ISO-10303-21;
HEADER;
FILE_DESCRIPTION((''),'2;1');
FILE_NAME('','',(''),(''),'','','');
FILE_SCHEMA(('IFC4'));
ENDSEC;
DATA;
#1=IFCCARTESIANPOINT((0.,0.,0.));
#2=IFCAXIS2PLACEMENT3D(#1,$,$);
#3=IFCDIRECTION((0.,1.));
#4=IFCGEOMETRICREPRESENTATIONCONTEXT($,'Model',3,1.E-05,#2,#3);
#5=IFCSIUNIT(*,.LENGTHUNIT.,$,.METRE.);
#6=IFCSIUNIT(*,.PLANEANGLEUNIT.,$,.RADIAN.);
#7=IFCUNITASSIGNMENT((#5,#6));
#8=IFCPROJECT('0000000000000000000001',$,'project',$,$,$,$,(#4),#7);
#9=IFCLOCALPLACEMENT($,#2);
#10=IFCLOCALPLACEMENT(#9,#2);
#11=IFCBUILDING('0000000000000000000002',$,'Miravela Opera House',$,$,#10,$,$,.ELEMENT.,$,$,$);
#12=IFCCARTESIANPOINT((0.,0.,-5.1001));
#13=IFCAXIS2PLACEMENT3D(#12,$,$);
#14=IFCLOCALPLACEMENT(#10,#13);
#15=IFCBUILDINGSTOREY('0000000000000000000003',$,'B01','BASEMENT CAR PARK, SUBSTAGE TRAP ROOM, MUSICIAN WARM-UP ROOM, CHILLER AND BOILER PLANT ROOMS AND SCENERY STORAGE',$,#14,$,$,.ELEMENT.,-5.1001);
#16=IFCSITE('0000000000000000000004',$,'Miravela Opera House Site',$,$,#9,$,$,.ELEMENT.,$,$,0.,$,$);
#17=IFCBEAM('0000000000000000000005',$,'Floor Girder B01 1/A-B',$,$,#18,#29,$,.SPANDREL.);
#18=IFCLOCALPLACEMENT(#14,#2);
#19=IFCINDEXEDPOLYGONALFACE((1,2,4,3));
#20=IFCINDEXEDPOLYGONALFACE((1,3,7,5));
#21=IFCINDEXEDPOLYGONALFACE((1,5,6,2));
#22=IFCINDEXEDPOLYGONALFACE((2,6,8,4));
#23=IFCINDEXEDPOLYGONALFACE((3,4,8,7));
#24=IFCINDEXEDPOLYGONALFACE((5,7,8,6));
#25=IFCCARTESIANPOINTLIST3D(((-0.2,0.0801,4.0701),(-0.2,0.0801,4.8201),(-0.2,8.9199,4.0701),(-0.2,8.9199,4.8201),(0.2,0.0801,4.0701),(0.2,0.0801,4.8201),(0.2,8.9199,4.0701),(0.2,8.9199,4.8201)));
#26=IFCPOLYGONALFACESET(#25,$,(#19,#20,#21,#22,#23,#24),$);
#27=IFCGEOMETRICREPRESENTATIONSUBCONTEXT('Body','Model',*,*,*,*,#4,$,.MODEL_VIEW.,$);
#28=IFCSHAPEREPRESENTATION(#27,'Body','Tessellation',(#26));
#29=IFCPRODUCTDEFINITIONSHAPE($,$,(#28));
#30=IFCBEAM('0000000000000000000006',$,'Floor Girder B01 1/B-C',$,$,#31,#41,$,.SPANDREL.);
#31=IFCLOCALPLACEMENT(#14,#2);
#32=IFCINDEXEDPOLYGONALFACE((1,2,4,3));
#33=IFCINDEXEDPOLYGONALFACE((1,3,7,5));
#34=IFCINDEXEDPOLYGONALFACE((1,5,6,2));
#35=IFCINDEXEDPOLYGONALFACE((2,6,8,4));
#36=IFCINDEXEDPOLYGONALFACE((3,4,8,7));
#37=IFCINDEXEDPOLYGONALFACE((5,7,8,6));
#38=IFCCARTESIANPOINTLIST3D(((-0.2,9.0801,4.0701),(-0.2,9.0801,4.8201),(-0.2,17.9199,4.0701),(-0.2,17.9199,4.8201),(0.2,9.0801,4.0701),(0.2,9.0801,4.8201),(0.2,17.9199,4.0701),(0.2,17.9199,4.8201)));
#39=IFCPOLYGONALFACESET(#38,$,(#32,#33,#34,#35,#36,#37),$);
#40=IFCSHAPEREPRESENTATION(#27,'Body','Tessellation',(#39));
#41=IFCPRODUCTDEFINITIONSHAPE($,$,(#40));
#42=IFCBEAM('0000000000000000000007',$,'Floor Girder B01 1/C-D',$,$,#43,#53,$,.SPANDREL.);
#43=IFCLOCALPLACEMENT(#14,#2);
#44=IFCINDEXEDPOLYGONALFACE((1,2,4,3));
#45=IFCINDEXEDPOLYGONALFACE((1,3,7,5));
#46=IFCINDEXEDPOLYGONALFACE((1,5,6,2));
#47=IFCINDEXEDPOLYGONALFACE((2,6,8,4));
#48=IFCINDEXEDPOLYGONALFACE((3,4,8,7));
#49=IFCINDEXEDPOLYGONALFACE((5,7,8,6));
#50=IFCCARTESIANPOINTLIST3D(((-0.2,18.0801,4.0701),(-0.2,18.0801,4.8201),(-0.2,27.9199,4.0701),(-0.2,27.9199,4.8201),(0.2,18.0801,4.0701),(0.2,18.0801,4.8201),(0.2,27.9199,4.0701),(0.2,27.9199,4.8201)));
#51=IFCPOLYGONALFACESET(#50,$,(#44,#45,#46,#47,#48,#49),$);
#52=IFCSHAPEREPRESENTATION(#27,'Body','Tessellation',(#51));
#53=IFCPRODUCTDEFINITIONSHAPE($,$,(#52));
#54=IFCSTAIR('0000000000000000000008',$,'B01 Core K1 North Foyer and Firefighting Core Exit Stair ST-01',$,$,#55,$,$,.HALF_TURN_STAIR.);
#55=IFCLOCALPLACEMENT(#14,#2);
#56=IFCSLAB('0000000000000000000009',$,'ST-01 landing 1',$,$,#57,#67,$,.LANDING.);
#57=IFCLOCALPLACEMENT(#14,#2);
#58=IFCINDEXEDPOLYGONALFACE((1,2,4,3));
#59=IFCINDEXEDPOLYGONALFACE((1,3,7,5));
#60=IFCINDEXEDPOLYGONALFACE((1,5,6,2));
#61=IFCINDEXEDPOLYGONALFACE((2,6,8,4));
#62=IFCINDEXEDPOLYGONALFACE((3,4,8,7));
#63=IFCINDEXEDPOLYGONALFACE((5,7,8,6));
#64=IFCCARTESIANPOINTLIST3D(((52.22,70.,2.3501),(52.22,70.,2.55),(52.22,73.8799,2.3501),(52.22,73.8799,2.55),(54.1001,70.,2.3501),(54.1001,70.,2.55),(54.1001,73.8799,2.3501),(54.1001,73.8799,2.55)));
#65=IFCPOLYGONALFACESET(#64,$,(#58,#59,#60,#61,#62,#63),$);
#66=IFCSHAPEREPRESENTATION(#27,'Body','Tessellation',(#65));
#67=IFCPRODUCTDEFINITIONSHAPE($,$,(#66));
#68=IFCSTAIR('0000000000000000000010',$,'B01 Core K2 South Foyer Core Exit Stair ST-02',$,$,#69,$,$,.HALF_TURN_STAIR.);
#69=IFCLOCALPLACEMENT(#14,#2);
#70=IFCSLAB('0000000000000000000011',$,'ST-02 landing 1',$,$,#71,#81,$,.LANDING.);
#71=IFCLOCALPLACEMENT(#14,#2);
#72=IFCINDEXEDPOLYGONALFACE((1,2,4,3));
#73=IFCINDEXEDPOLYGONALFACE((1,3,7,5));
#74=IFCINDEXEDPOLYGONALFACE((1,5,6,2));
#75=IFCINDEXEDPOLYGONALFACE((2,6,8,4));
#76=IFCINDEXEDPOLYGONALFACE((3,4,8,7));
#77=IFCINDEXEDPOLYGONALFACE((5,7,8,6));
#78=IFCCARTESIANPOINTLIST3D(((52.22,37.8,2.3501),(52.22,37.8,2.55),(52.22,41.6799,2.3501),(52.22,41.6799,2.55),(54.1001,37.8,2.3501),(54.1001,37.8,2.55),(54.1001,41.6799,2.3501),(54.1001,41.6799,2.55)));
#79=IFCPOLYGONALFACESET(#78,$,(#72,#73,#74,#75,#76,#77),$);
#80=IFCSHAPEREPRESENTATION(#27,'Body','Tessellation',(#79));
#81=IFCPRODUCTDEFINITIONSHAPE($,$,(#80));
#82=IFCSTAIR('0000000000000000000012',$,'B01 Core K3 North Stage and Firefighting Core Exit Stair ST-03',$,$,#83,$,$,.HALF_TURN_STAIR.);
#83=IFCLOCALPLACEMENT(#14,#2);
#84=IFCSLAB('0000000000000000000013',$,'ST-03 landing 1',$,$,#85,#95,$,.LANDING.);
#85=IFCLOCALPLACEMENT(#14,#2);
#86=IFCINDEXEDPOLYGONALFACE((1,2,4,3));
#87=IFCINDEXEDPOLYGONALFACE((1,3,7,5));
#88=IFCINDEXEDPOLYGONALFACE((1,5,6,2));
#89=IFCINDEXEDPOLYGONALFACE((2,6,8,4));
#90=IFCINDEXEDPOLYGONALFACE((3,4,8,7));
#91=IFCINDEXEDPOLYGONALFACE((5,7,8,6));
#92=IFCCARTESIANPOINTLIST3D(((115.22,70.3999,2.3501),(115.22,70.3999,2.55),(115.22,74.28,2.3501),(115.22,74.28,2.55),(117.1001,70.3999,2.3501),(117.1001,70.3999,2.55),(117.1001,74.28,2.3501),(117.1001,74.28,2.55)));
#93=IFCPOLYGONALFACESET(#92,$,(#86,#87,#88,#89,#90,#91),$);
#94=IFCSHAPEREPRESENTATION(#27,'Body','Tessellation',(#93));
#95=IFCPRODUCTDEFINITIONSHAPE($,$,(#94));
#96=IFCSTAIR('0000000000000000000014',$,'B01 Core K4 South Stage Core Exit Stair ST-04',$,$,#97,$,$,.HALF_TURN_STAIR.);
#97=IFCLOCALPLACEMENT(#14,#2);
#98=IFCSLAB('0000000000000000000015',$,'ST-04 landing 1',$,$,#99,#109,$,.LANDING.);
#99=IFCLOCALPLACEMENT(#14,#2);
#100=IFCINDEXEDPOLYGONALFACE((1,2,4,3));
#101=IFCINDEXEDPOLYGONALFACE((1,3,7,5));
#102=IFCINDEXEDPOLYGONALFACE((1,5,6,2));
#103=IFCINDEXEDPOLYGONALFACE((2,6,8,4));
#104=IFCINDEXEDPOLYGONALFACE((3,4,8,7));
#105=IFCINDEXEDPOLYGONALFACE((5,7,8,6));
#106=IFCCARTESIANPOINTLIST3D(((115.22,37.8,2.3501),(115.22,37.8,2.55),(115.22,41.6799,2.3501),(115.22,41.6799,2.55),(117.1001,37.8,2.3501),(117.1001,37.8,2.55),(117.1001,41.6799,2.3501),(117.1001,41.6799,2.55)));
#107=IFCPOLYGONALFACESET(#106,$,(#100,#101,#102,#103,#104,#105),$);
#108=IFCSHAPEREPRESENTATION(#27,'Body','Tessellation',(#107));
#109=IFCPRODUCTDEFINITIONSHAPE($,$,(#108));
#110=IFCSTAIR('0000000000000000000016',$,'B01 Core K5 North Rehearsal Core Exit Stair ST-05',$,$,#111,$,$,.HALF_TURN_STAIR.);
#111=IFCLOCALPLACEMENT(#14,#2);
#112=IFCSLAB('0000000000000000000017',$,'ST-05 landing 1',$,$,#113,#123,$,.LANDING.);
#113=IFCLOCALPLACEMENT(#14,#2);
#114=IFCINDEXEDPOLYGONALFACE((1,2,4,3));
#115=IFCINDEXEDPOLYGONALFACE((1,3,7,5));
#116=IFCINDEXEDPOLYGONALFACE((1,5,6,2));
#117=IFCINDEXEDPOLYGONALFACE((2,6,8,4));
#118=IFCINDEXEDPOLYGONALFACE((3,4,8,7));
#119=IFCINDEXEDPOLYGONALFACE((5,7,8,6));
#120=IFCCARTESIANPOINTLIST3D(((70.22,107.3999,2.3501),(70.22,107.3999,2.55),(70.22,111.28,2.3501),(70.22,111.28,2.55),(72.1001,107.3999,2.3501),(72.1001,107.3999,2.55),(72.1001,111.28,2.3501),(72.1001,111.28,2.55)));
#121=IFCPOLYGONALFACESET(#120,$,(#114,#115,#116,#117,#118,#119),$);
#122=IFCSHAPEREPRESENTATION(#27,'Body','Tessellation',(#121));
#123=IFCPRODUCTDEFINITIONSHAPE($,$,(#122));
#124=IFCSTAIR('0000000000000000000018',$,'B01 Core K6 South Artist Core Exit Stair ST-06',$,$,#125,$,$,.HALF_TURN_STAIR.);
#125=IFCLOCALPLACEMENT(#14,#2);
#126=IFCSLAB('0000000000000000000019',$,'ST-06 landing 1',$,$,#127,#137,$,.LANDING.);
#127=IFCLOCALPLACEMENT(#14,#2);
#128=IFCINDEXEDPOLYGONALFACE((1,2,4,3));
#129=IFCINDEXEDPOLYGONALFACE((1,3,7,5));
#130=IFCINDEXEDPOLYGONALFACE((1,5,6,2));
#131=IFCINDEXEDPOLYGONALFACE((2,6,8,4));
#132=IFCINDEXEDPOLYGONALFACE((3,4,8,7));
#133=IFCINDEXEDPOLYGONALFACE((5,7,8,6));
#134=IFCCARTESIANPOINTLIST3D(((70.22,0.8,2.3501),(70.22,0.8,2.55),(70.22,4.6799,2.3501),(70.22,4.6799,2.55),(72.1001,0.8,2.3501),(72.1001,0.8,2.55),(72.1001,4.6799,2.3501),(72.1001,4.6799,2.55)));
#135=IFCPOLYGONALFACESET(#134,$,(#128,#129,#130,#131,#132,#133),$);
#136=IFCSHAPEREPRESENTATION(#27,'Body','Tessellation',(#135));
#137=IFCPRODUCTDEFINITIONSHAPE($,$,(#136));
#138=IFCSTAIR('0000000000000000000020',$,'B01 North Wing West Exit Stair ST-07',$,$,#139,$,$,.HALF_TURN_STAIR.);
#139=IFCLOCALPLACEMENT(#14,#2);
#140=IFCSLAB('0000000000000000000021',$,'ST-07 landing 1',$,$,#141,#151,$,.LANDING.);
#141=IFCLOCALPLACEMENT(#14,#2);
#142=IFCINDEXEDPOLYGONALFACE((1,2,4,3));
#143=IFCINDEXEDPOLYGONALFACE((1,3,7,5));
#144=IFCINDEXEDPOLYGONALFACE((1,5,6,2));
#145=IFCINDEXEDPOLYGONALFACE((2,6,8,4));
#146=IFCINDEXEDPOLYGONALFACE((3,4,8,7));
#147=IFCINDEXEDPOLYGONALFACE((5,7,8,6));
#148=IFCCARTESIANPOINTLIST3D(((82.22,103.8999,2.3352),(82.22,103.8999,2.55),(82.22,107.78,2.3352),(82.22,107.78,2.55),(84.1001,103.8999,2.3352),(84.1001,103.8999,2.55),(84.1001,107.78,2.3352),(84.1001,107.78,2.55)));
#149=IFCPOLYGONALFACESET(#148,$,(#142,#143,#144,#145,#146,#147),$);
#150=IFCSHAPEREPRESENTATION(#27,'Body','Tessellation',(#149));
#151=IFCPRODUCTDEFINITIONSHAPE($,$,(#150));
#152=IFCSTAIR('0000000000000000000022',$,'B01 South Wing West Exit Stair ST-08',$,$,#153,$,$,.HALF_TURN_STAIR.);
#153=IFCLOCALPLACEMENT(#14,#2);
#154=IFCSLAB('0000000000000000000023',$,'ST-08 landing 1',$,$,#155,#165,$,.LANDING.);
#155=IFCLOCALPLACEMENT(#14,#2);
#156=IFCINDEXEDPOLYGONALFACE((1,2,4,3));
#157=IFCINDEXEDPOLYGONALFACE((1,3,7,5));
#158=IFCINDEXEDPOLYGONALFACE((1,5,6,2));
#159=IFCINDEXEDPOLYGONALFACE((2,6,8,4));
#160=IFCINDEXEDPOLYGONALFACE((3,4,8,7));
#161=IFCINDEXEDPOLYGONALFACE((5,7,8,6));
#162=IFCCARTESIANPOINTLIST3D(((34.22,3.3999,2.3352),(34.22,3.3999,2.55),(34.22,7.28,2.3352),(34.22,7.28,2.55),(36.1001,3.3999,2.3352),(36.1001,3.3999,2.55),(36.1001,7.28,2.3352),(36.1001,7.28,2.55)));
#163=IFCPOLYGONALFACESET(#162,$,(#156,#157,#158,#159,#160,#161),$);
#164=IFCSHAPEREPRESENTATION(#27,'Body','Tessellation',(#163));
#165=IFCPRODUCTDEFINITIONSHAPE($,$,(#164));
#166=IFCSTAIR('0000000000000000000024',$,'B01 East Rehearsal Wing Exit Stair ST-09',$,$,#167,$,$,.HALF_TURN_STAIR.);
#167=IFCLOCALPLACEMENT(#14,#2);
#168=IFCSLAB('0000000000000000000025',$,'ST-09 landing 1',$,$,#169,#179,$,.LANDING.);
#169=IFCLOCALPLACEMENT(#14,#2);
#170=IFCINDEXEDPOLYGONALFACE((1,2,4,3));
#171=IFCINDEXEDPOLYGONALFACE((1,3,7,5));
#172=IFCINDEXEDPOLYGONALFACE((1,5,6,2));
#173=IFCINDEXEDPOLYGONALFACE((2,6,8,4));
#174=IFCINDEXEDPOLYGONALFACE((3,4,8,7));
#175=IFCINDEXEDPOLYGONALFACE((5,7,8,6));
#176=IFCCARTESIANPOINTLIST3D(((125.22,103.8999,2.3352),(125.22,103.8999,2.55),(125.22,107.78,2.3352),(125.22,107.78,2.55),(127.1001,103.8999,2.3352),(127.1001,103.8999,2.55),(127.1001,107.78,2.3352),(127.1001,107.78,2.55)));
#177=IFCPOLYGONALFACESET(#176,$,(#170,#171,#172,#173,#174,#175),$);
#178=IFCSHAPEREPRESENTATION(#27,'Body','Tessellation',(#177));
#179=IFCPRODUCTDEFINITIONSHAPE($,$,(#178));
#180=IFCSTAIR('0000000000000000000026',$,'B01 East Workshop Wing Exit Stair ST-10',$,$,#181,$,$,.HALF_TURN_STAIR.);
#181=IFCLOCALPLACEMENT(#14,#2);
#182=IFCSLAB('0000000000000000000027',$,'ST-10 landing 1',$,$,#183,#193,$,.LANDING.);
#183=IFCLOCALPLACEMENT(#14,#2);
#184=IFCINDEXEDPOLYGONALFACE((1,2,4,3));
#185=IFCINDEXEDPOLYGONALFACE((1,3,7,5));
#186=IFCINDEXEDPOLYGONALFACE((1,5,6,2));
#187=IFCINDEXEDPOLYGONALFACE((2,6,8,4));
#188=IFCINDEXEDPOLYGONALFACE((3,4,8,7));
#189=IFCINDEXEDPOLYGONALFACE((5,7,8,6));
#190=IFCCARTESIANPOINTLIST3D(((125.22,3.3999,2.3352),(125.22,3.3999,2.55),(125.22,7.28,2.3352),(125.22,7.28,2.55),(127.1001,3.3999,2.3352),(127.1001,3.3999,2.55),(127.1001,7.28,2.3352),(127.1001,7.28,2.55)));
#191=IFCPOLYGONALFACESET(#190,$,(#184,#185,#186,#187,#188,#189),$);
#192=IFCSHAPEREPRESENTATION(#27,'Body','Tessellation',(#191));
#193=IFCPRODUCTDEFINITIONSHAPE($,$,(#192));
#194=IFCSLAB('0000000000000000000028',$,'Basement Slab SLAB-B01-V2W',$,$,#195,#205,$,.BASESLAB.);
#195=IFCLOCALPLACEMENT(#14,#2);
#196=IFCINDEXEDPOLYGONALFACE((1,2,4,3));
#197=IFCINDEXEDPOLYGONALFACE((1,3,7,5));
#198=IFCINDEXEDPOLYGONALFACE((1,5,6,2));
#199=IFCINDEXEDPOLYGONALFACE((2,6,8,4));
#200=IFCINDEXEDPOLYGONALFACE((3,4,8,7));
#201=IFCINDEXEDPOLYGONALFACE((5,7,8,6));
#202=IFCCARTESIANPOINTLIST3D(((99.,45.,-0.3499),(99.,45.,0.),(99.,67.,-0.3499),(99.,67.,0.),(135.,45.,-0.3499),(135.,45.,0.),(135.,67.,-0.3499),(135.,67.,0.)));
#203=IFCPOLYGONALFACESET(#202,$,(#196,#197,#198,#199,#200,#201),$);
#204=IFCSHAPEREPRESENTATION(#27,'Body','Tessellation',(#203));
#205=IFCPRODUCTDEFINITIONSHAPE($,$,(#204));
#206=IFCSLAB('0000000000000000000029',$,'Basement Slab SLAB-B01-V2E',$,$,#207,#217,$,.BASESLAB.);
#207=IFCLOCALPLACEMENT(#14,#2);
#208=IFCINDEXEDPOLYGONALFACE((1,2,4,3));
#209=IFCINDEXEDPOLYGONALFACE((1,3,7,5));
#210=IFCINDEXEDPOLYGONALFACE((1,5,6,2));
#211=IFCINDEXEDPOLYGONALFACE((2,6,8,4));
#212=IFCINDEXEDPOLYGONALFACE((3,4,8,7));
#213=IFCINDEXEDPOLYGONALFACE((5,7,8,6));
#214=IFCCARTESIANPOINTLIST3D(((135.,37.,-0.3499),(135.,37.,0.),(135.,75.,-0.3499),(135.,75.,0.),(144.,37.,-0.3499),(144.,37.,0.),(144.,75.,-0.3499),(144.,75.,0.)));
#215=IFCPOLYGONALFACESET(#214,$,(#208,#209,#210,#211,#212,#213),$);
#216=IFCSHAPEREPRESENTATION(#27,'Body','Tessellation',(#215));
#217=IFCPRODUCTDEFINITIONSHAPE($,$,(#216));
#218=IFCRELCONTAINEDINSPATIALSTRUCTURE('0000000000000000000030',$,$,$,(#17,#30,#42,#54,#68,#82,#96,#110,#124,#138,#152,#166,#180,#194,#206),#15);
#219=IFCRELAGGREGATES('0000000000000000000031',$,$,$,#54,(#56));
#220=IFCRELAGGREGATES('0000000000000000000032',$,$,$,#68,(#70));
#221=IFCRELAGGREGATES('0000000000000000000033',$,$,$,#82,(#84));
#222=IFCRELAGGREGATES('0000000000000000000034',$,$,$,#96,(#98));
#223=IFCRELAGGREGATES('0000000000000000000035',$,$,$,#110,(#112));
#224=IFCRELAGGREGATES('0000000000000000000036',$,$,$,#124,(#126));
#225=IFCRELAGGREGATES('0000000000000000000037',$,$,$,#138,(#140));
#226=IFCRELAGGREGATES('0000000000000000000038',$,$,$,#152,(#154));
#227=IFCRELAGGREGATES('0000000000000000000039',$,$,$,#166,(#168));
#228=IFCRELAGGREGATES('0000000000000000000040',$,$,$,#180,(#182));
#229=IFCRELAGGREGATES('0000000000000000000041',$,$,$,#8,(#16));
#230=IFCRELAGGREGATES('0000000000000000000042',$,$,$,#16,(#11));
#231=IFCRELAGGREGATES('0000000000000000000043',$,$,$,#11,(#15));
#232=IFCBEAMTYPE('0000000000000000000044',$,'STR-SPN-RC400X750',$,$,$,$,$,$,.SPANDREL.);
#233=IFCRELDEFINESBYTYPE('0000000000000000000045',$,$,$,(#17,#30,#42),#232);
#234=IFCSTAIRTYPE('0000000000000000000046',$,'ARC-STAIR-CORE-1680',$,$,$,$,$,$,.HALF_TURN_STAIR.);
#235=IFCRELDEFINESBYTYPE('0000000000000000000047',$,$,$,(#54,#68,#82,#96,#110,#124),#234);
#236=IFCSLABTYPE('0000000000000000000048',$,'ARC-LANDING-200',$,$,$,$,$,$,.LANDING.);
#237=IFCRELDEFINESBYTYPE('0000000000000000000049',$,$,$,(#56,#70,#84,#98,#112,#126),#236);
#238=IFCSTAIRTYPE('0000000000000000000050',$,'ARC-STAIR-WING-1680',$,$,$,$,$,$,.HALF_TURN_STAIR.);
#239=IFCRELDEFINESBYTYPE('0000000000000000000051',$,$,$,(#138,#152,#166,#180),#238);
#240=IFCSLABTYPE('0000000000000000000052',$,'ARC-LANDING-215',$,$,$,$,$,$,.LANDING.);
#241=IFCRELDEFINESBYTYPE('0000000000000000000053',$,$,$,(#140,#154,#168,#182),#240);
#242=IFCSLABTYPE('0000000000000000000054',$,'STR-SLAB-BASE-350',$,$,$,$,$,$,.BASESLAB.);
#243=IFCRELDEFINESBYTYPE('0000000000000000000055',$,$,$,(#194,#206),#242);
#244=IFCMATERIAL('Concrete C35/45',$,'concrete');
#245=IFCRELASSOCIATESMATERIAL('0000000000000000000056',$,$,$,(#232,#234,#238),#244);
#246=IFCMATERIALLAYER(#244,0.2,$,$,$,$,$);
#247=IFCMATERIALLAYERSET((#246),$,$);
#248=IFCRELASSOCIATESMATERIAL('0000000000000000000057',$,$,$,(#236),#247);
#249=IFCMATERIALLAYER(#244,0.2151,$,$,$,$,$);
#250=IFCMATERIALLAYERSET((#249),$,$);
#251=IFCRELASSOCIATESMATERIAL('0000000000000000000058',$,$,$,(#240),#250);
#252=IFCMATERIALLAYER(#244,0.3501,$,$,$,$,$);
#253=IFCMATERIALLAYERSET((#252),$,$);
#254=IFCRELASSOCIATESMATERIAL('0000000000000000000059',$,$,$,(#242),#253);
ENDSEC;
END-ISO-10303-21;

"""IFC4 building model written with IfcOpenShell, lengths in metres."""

from ifc_helpers import new_model, si_unit, direction, frame, origin, origin_2d, place, context, subcontext, project, spatial, polyline, rectangle, outline, extrude, material, layer, layer_set, material_profile, profile_set, type_object, element, aggregate, save


model = new_model("IFC4")

# Units and contexts
model_context = context("Model", 3, precision=1e-05, world=origin(), true_north=direction((0.0, 1.0)))
body_context = subcontext(model_context, "Body", "Model", "MODEL_VIEW")
ifc_project = project(units=[si_unit("LENGTHUNIT", "METRE"), si_unit("PLANEANGLEUNIT", "RADIAN")], contexts=[model_context])

# Site, building, storey
site_placement = place(None, origin())
site = spatial("IfcSite", under=ifc_project, at=site_placement, Name="Miravela Opera House Site", CompositionType="ELEMENT", RefElevation=0.0)
building_placement = place(site_placement, origin())
building = spatial("IfcBuilding", under=site, at=building_placement, Name="Miravela Opera House", CompositionType="ELEMENT")
storey_placement = place(building_placement, frame((0.0, 0.0, -5.1001)))
storey = spatial("IfcBuildingStorey", under=building, at=storey_placement, Name="B01", Description="BASEMENT CAR PARK, SUBSTAGE TRAP ROOM, MUSICIAN WARM-UP ROOM, CHILLER AND BOILER PLANT ROOMS AND SCENERY STORAGE", CompositionType="ELEMENT", Elevation=-5.1001)

# Shared definitions
ifc_material_1 = material(Name="Concrete C35/45", Category="concrete")

# Beams
ifc_material_profile_1 = material_profile(ifc_material_1, rectangle(XDim=0.3999, YDim=0.75, at=origin_2d()), Name="RC-SPN-400X750")
ifc_profile_set_1 = profile_set([ifc_material_profile_1])
beam_type_1 = type_object("IfcBeamType", Name="STR-SPN-RC400X750", PredefinedType="SPANDREL", material=ifc_profile_set_1)
for number, where, z_axis, x_axis, name in (
    (1, (0.0, 0.0801, 4.4451), (0.0, 1.0, 0.0), (-1.0, 0.0, 0.0), "Floor Girder B01 1/A-B"),
    (2, (0.0, 9.0801, 4.4451), (0.0, 1.0, 0.0), (-1.0, 0.0, 0.0), "Floor Girder B01 1/B-C"),
):
    element("IfcBeam", number, at=place(storey_placement, frame(where, z_axis=z_axis, x_axis=x_axis)), inside=storey, type_object=beam_type_1, Name=name, PredefinedType="SPANDREL", context=body_context, shape_type="SweptSolid", body=[
        extrude(rectangle(XDim=0.3999, YDim=0.75, at=origin_2d()), origin(), (0.0, 0.0, 1.0), 8.8398),
    ])
beam_1_placement = place(storey_placement, frame((0.0, 18.0801, 4.4451), z_axis=(0.0, 1.0, 0.0), x_axis=(-1.0, 0.0, 0.0)))
element("IfcBeam", 3, at=beam_1_placement, inside=storey, type_object=beam_type_1, Name="Floor Girder B01 1/C-D", PredefinedType="SPANDREL", context=body_context, shape_type="SweptSolid", body=[
    extrude(rectangle(XDim=0.3999, YDim=0.75, at=origin_2d()), origin(), (0.0, 0.0, 1.0), 9.8398),
])

# Stairs, slabs
stair_type_1 = type_object("IfcStairType", Name="ARC-STAIR-CORE-1680", PredefinedType="HALF_TURN_STAIR", material=ifc_material_1)
stair_1_placement = place(storey_placement, origin())
stair_1 = element("IfcStair", 4, at=stair_1_placement, inside=storey, type_object=stair_type_1, Name="B01 Core K1 North Foyer and Firefighting Core Exit Stair ST-01", PredefinedType="HALF_TURN_STAIR")
ifc_layer_1 = layer(ifc_material_1, 0.2)
ifc_layer_set_1 = layer_set([ifc_layer_1])
slab_type_1 = type_object("IfcSlabType", Name="ARC-LANDING-200", PredefinedType="LANDING", material=ifc_layer_set_1)
slab_1_placement = place(storey_placement, frame((0.0, 0.0, 2.3501)))
slab_1 = element("IfcSlab", 5, at=slab_1_placement, type_object=slab_type_1, Name="ST-01 landing 1", PredefinedType="LANDING", context=body_context, shape_type="SweptSolid", body=[
    extrude(outline(polyline([(52.22, 70.0), (54.1001, 70.0), (54.1001, 73.8799), (52.22, 73.8799), (52.22, 70.0)])), origin(), (0.0, 0.0, 1.0), 0.2),
])
aggregate(stair_1, [slab_1])
stair_2_placement = place(storey_placement, origin())
stair_2 = element("IfcStair", 6, at=stair_2_placement, inside=storey, type_object=stair_type_1, Name="B01 Core K2 South Foyer Core Exit Stair ST-02", PredefinedType="HALF_TURN_STAIR")
slab_2_placement = place(storey_placement, frame((0.0, 0.0, 2.3501)))
slab_2 = element("IfcSlab", 7, at=slab_2_placement, type_object=slab_type_1, Name="ST-02 landing 1", PredefinedType="LANDING", context=body_context, shape_type="SweptSolid", body=[
    extrude(outline(polyline([(52.22, 37.8), (54.1001, 37.8), (54.1001, 41.6799), (52.22, 41.6799), (52.22, 37.8)])), origin(), (0.0, 0.0, 1.0), 0.2),
])
aggregate(stair_2, [slab_2])
stair_3_placement = place(storey_placement, origin())
stair_3 = element("IfcStair", 8, at=stair_3_placement, inside=storey, type_object=stair_type_1, Name="B01 Core K3 North Stage and Firefighting Core Exit Stair ST-03", PredefinedType="HALF_TURN_STAIR")
slab_3_placement = place(storey_placement, frame((0.0, 0.0, 2.3501)))
slab_3 = element("IfcSlab", 9, at=slab_3_placement, type_object=slab_type_1, Name="ST-03 landing 1", PredefinedType="LANDING", context=body_context, shape_type="SweptSolid", body=[
    extrude(outline(polyline([(115.22, 70.3999), (117.1001, 70.3999), (117.1001, 74.28), (115.22, 74.28), (115.22, 70.3999)])), origin(), (0.0, 0.0, 1.0), 0.2),
])
aggregate(stair_3, [slab_3])
stair_4_placement = place(storey_placement, origin())
stair_4 = element("IfcStair", 10, at=stair_4_placement, inside=storey, type_object=stair_type_1, Name="B01 Core K4 South Stage Core Exit Stair ST-04", PredefinedType="HALF_TURN_STAIR")
slab_4_placement = place(storey_placement, frame((0.0, 0.0, 2.3501)))
slab_4 = element("IfcSlab", 11, at=slab_4_placement, type_object=slab_type_1, Name="ST-04 landing 1", PredefinedType="LANDING", context=body_context, shape_type="SweptSolid", body=[
    extrude(outline(polyline([(115.22, 37.8), (117.1001, 37.8), (117.1001, 41.6799), (115.22, 41.6799), (115.22, 37.8)])), origin(), (0.0, 0.0, 1.0), 0.2),
])
aggregate(stair_4, [slab_4])
stair_5_placement = place(storey_placement, origin())
stair_5 = element("IfcStair", 12, at=stair_5_placement, inside=storey, type_object=stair_type_1, Name="B01 Core K5 North Rehearsal Core Exit Stair ST-05", PredefinedType="HALF_TURN_STAIR")
slab_5_placement = place(storey_placement, frame((0.0, 0.0, 2.3501)))
slab_5 = element("IfcSlab", 13, at=slab_5_placement, type_object=slab_type_1, Name="ST-05 landing 1", PredefinedType="LANDING", context=body_context, shape_type="SweptSolid", body=[
    extrude(outline(polyline([(70.22, 107.3999), (72.1001, 107.3999), (72.1001, 111.28), (70.22, 111.28), (70.22, 107.3999)])), origin(), (0.0, 0.0, 1.0), 0.2),
])
aggregate(stair_5, [slab_5])
stair_6_placement = place(storey_placement, origin())
stair_6 = element("IfcStair", 14, at=stair_6_placement, inside=storey, type_object=stair_type_1, Name="B01 Core K6 South Artist Core Exit Stair ST-06", PredefinedType="HALF_TURN_STAIR")
slab_6_placement = place(storey_placement, frame((0.0, 0.0, 2.3501)))
slab_6 = element("IfcSlab", 15, at=slab_6_placement, type_object=slab_type_1, Name="ST-06 landing 1", PredefinedType="LANDING", context=body_context, shape_type="SweptSolid", body=[
    extrude(outline(polyline([(70.22, 0.8), (72.1001, 0.8), (72.1001, 4.6799), (70.22, 4.6799), (70.22, 0.8)])), origin(), (0.0, 0.0, 1.0), 0.2),
])
aggregate(stair_6, [slab_6])
stair_type_2 = type_object("IfcStairType", Name="ARC-STAIR-WING-1680", PredefinedType="HALF_TURN_STAIR", material=ifc_material_1)
stair_7_placement = place(storey_placement, origin())
stair_7 = element("IfcStair", 16, at=stair_7_placement, inside=storey, type_object=stair_type_2, Name="B01 North Wing West Exit Stair ST-07", PredefinedType="HALF_TURN_STAIR")
ifc_layer_2 = layer(ifc_material_1, 0.2151)
ifc_layer_set_2 = layer_set([ifc_layer_2])
slab_type_2 = type_object("IfcSlabType", Name="ARC-LANDING-215", PredefinedType="LANDING", material=ifc_layer_set_2)
slab_7_placement = place(storey_placement, frame((0.0, 0.0, 2.3352)))
slab_7 = element("IfcSlab", 17, at=slab_7_placement, type_object=slab_type_2, Name="ST-07 landing 1", PredefinedType="LANDING", context=body_context, shape_type="SweptSolid", body=[
    extrude(outline(polyline([(82.22, 103.8999), (84.1001, 103.8999), (84.1001, 107.78), (82.22, 107.78), (82.22, 103.8999)])), origin(), (0.0, 0.0, 1.0), 0.2148),
])
aggregate(stair_7, [slab_7])
stair_8_placement = place(storey_placement, origin())
stair_8 = element("IfcStair", 18, at=stair_8_placement, inside=storey, type_object=stair_type_2, Name="B01 South Wing West Exit Stair ST-08", PredefinedType="HALF_TURN_STAIR")
slab_8_placement = place(storey_placement, frame((0.0, 0.0, 2.3352)))
slab_8 = element("IfcSlab", 19, at=slab_8_placement, type_object=slab_type_2, Name="ST-08 landing 1", PredefinedType="LANDING", context=body_context, shape_type="SweptSolid", body=[
    extrude(outline(polyline([(34.22, 3.3999), (36.1001, 3.3999), (36.1001, 7.28), (34.22, 7.28), (34.22, 3.3999)])), origin(), (0.0, 0.0, 1.0), 0.2148),
])
aggregate(stair_8, [slab_8])
stair_9_placement = place(storey_placement, origin())
stair_9 = element("IfcStair", 20, at=stair_9_placement, inside=storey, type_object=stair_type_2, Name="B01 East Rehearsal Wing Exit Stair ST-09", PredefinedType="HALF_TURN_STAIR")
slab_9_placement = place(storey_placement, frame((0.0, 0.0, 2.3352)))
slab_9 = element("IfcSlab", 21, at=slab_9_placement, type_object=slab_type_2, Name="ST-09 landing 1", PredefinedType="LANDING", context=body_context, shape_type="SweptSolid", body=[
    extrude(outline(polyline([(125.22, 103.8999), (127.1001, 103.8999), (127.1001, 107.78), (125.22, 107.78), (125.22, 103.8999)])), origin(), (0.0, 0.0, 1.0), 0.2148),
])
aggregate(stair_9, [slab_9])
stair_10_placement = place(storey_placement, origin())
stair_10 = element("IfcStair", 22, at=stair_10_placement, inside=storey, type_object=stair_type_2, Name="B01 East Workshop Wing Exit Stair ST-10", PredefinedType="HALF_TURN_STAIR")
slab_10_placement = place(storey_placement, frame((0.0, 0.0, 2.3352)))
slab_10 = element("IfcSlab", 23, at=slab_10_placement, type_object=slab_type_2, Name="ST-10 landing 1", PredefinedType="LANDING", context=body_context, shape_type="SweptSolid", body=[
    extrude(outline(polyline([(125.22, 3.3999), (127.1001, 3.3999), (127.1001, 7.28), (125.22, 7.28), (125.22, 3.3999)])), origin(), (0.0, 0.0, 1.0), 0.2148),
])
aggregate(stair_10, [slab_10])

# Slabs
ifc_layer_3 = layer(ifc_material_1, 0.3501)
ifc_layer_set_3 = layer_set([ifc_layer_3])
slab_type_3 = type_object("IfcSlabType", Name="STR-SLAB-BASE-350", PredefinedType="BASESLAB", material=ifc_layer_set_3)
slab_11_placement = place(storey_placement, frame((0.0, 0.0, -0.3499)))
element("IfcSlab", 24, at=slab_11_placement, inside=storey, type_object=slab_type_3, Name="Basement Slab SLAB-B01-V2W", PredefinedType="BASESLAB", context=body_context, shape_type="SweptSolid", body=[
    extrude(outline(polyline([(99.0, 45.0), (135.0, 45.0), (135.0, 67.0), (99.0, 67.0), (99.0, 45.0)])), origin(), (0.0, 0.0, 1.0), 0.3499),
])
slab_12_placement = place(storey_placement, frame((0.0, 0.0, -0.3499)))
element("IfcSlab", 25, at=slab_12_placement, inside=storey, type_object=slab_type_3, Name="Basement Slab SLAB-B01-V2E", PredefinedType="BASESLAB", context=body_context, shape_type="SweptSolid", body=[
    extrude(outline(polyline([(135.0, 37.0), (144.0, 37.0), (144.0, 75.0), (135.0, 75.0), (135.0, 37.0)])), origin(), (0.0, 0.0, 1.0), 0.3499),
])

save(model, "model.ifc")
